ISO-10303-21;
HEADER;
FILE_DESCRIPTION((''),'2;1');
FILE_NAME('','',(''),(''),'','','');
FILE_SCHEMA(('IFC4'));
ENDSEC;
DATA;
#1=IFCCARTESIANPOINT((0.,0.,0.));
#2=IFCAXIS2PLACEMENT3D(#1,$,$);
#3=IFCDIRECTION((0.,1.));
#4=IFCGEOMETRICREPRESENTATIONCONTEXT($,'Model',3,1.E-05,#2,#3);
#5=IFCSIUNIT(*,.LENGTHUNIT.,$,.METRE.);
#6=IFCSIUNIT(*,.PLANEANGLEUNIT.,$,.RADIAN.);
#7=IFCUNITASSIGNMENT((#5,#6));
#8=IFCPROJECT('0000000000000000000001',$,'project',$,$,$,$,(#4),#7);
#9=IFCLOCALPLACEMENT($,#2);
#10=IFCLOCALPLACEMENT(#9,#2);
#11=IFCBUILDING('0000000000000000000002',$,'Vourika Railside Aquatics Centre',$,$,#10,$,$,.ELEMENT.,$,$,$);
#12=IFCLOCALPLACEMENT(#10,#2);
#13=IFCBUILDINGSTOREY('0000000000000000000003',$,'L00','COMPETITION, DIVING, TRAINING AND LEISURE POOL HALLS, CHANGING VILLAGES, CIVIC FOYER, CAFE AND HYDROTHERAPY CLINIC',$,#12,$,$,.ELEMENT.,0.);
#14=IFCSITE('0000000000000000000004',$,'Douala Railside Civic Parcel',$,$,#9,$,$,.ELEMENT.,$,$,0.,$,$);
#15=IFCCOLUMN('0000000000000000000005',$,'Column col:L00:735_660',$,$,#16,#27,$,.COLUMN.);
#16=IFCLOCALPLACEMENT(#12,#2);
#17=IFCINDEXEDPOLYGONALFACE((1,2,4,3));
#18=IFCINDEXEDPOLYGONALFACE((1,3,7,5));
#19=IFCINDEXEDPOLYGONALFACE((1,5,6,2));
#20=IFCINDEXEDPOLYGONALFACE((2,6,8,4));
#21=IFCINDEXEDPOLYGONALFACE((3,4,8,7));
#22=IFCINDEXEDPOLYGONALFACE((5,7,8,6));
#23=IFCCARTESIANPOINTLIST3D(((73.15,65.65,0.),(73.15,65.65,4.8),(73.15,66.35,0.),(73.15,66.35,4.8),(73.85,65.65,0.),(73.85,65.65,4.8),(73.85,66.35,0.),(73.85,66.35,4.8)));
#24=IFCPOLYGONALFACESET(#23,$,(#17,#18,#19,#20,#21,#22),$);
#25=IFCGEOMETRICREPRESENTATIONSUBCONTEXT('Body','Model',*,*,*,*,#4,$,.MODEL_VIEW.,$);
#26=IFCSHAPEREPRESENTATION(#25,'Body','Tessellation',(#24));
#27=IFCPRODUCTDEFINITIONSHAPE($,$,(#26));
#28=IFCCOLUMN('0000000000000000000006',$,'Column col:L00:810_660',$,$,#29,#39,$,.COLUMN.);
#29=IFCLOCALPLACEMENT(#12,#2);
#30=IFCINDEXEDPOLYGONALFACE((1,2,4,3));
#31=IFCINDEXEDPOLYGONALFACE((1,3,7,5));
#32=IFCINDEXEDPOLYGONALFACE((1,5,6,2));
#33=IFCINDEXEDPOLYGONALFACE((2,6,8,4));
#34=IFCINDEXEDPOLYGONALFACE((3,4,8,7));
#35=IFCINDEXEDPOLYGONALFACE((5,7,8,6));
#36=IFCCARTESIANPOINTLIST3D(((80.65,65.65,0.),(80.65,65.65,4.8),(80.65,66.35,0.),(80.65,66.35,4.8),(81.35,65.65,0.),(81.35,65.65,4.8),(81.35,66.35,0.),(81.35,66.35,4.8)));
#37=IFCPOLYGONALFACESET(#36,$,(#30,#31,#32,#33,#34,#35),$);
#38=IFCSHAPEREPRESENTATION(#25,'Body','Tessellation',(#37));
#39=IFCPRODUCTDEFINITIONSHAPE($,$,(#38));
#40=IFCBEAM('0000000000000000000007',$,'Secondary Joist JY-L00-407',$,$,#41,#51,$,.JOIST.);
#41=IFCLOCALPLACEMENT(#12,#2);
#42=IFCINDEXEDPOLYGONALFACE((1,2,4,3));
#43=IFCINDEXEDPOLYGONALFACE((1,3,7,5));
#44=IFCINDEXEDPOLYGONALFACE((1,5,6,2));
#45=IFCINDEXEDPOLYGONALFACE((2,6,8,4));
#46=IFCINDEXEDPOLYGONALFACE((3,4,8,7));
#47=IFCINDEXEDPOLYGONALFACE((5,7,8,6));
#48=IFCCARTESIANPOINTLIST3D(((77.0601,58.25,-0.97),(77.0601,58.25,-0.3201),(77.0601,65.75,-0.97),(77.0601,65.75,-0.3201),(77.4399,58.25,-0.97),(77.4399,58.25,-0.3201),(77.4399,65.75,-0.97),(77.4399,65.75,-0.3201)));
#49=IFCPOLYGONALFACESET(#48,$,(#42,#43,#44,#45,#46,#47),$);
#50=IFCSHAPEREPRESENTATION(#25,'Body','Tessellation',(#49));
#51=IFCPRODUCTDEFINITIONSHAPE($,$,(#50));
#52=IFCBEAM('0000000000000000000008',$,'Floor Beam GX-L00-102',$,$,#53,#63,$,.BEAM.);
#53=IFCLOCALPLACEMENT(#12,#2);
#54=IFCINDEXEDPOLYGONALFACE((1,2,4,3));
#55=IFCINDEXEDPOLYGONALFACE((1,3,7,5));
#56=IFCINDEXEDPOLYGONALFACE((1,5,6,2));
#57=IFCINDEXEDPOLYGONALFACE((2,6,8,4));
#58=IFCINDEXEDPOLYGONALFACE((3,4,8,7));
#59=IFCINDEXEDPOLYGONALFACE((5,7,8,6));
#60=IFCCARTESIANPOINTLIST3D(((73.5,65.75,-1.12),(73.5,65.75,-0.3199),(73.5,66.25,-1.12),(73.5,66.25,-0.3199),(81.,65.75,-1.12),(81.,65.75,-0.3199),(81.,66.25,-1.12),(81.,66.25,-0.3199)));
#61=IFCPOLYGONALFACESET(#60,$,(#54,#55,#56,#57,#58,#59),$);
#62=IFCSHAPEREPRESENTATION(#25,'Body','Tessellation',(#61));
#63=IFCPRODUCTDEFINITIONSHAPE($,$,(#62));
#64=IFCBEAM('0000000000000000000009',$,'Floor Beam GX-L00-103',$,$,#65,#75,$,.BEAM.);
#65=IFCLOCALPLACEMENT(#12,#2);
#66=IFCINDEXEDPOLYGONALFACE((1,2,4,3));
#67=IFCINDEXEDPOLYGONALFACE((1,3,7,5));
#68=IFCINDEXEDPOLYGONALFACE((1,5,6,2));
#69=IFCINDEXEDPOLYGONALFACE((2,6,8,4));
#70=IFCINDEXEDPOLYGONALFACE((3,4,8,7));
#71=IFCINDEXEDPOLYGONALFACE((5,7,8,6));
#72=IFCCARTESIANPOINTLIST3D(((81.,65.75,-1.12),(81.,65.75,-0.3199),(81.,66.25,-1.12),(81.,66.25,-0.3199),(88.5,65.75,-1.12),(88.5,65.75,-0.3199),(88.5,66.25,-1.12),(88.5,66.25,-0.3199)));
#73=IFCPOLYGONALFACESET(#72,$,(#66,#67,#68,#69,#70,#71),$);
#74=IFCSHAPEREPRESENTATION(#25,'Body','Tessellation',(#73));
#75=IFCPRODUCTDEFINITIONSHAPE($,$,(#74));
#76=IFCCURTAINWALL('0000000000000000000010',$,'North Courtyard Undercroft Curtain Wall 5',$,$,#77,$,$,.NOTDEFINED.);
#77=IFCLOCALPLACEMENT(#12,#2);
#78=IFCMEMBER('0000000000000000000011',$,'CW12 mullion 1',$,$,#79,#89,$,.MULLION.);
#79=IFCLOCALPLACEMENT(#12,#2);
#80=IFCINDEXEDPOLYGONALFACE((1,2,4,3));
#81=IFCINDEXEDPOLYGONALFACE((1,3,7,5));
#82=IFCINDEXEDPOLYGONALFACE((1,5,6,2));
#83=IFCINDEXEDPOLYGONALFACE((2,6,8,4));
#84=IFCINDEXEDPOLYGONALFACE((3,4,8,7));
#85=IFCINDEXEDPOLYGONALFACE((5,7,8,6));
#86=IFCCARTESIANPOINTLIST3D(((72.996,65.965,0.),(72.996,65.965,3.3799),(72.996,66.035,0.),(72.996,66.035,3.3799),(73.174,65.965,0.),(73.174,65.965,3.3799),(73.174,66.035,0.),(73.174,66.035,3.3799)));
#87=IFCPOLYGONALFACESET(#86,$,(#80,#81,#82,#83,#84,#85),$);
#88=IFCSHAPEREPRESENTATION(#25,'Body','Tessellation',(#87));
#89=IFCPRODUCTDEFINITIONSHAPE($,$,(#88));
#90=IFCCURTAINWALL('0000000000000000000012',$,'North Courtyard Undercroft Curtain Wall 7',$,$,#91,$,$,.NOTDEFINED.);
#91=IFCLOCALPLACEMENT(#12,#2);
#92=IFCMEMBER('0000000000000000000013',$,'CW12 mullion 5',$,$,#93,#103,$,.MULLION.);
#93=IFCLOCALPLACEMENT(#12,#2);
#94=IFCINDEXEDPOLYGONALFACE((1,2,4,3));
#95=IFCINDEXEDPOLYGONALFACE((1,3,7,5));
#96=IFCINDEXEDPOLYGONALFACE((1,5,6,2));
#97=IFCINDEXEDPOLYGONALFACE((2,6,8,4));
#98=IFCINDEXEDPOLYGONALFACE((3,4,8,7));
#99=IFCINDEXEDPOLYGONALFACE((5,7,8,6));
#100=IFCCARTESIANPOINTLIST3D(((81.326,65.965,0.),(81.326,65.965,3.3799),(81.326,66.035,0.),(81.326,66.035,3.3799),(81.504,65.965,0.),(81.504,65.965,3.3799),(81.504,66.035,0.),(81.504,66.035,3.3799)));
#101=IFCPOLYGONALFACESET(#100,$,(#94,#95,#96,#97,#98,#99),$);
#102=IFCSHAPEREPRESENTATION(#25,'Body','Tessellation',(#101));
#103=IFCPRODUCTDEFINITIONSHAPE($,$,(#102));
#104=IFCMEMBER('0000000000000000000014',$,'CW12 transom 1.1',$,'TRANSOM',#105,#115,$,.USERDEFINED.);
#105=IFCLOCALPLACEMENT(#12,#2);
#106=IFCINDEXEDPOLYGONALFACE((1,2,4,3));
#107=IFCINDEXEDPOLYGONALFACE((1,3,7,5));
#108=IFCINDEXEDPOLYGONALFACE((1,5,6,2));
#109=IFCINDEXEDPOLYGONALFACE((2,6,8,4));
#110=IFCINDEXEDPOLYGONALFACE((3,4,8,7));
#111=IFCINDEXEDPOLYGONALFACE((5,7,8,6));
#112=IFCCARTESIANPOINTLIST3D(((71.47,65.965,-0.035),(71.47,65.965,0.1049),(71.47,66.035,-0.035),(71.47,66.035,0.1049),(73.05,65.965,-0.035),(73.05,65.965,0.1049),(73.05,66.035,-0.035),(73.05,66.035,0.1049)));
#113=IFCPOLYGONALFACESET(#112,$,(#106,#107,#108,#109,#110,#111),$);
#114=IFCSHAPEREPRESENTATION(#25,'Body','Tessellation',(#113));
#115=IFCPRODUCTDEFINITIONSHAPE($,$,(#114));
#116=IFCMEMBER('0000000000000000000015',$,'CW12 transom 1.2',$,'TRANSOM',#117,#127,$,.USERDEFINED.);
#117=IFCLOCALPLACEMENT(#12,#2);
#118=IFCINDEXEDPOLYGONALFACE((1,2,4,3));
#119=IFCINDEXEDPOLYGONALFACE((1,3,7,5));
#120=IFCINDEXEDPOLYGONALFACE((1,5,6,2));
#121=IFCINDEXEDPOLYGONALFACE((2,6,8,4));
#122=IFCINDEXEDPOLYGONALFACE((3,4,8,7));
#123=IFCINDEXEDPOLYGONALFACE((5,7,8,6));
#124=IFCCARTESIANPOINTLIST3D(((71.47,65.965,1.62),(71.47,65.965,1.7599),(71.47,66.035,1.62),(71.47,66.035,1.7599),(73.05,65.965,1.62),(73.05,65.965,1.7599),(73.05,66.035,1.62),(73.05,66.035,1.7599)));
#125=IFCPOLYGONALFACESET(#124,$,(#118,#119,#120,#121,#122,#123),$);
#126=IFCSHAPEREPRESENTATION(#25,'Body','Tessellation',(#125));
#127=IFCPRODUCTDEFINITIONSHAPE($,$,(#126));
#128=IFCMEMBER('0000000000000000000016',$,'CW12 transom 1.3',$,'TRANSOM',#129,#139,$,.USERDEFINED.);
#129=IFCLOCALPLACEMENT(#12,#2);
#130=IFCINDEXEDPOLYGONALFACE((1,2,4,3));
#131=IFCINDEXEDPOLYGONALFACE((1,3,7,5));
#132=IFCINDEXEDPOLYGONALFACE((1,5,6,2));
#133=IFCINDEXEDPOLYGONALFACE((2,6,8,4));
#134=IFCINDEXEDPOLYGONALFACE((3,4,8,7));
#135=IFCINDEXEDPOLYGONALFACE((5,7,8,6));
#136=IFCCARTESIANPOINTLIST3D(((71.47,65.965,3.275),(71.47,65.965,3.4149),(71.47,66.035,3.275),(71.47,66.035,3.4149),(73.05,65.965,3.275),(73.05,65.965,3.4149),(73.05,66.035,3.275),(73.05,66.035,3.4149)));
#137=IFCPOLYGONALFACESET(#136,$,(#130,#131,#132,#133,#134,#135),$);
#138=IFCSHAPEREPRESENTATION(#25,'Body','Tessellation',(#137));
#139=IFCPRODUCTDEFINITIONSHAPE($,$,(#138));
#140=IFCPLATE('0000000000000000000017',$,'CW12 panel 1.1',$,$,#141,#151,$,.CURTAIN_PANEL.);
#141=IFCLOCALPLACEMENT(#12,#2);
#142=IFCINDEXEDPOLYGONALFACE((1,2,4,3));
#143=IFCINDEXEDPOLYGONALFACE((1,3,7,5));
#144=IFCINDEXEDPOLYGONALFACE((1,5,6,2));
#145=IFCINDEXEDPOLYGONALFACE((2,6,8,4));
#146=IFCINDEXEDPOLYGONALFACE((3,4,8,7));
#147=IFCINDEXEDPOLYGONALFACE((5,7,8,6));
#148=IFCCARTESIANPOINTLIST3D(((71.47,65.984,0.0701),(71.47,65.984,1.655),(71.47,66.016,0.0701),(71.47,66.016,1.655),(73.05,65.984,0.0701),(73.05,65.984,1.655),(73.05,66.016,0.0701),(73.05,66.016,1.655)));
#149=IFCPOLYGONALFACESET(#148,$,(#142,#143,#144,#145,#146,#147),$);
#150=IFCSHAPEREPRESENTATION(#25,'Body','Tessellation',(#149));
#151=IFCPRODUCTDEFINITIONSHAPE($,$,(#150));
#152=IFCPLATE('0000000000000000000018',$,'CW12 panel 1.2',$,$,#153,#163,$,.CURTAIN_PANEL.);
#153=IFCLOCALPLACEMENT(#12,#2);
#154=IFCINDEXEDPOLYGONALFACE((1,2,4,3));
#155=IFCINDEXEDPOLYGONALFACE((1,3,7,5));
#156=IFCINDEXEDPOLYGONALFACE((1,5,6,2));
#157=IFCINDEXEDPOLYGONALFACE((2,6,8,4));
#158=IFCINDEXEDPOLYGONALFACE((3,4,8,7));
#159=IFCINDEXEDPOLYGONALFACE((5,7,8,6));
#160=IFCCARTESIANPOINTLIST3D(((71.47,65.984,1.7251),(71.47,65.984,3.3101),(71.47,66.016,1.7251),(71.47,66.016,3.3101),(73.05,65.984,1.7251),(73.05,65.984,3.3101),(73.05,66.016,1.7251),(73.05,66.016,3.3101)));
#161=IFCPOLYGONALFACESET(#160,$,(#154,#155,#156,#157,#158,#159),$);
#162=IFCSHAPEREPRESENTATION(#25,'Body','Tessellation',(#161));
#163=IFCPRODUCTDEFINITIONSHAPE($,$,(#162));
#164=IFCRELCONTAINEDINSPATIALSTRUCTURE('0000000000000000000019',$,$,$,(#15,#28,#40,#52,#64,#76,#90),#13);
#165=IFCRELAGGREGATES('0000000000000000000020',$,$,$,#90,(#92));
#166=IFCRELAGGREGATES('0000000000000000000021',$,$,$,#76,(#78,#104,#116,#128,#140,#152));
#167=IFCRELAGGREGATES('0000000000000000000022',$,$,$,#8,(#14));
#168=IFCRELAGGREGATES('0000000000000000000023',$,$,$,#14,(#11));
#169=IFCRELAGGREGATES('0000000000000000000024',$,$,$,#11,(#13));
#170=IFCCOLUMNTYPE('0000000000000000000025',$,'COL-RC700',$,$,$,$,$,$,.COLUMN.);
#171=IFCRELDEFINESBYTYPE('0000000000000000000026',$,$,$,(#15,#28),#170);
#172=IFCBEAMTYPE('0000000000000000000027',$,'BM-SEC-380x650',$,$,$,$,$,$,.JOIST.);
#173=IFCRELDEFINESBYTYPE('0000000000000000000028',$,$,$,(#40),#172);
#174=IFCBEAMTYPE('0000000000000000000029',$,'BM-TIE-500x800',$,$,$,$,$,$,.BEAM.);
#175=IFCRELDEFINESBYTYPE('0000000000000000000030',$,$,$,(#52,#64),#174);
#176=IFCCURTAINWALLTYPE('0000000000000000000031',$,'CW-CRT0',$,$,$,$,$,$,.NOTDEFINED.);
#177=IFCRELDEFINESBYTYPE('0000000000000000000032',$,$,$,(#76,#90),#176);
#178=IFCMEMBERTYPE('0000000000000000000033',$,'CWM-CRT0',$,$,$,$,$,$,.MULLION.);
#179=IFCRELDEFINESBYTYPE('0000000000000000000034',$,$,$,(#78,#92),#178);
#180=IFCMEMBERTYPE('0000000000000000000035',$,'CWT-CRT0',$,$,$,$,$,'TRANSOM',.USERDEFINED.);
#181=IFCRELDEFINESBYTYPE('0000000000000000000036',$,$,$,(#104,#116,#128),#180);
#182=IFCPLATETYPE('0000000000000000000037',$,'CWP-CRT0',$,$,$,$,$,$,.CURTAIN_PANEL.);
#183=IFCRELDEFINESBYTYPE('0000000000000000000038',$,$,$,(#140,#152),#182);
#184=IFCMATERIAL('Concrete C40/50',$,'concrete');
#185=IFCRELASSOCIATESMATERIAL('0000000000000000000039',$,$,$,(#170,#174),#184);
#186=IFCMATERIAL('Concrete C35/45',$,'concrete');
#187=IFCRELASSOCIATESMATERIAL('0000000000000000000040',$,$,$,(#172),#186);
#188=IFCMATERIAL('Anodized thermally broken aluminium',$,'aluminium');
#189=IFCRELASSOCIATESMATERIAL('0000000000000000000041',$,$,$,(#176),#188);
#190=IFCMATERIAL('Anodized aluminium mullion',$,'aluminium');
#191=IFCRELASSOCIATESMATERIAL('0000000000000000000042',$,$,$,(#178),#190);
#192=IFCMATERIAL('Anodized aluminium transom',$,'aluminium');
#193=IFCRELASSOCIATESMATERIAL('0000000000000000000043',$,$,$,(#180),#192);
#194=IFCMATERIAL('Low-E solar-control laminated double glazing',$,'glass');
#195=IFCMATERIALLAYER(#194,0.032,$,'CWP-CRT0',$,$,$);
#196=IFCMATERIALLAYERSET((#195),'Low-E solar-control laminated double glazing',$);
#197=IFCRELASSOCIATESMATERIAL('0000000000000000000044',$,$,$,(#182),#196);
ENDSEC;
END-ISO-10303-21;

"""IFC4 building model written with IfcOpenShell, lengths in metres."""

from ifc_helpers import new_model, si_unit, direction, frame, origin, origin_2d, place, context, subcontext, project, spatial, rectangle, extrude, material, layer, layer_set, material_profile, profile_set, type_object, element, aggregate, save


model = new_model("IFC4")

# Units and contexts
model_context = context("Model", 3, precision=1e-05, world=origin(), true_north=direction((0.0, 1.0)))
body_context = subcontext(model_context, "Body", "Model", "MODEL_VIEW")
ifc_project = project(units=[si_unit("LENGTHUNIT", "METRE"), si_unit("PLANEANGLEUNIT", "RADIAN")], contexts=[model_context])

# Site, building, storey
site_placement = place(None, origin())
site = spatial("IfcSite", under=ifc_project, at=site_placement, Name="Douala Railside Civic Parcel", CompositionType="ELEMENT", RefElevation=0.0)
building_placement = place(site_placement, origin())
building = spatial("IfcBuilding", under=site, at=building_placement, Name="Vourika Railside Aquatics Centre", CompositionType="ELEMENT")
storey_placement = place(building_placement, origin())
storey = spatial("IfcBuildingStorey", under=building, at=storey_placement, Name="L00", Description="COMPETITION, DIVING, TRAINING AND LEISURE POOL HALLS, CHANGING VILLAGES, CIVIC FOYER, CAFE AND HYDROTHERAPY CLINIC", CompositionType="ELEMENT", Elevation=0.0)

# Columns
ifc_material_1 = material(Name="Concrete C40/50", Category="concrete")
ifc_material_profile_1 = material_profile(ifc_material_1, rectangle(XDim=0.7, YDim=0.7, at=origin_2d()), Name="RC 700x700")
ifc_profile_set_1 = profile_set([ifc_material_profile_1], Name="Concrete C40/50")
column_type = type_object("IfcColumnType", Name="COL-RC700", PredefinedType="COLUMN", material=ifc_profile_set_1)
for number, where, z_axis, x_axis, name in (
    (1, (73.5, 66.0, 0.0), (0.0, 0.0, 1.0), (1.0, 0.0, 0.0), "Column col:L00:735_660"),
    (2, (81.0, 66.0, 0.0), (0.0, 0.0, 1.0), (1.0, 0.0, 0.0), "Column col:L00:810_660"),
):
    element("IfcColumn", number, at=place(storey_placement, frame(where, z_axis=z_axis, x_axis=x_axis)), inside=storey, type_object=column_type, Name=name, PredefinedType="COLUMN", context=body_context, shape_type="SweptSolid", body=[
        extrude(rectangle(XDim=0.7, YDim=0.7, at=origin_2d()), origin(), (0.0, 0.0, 1.0), 4.8),
    ])

# Beams
ifc_material_2 = material(Name="Concrete C35/45", Category="concrete")
ifc_material_profile_2 = material_profile(ifc_material_2, rectangle(XDim=0.3799, YDim=0.6499, at=origin_2d()), Name="RC 380x650")
ifc_profile_set_2 = profile_set([ifc_material_profile_2], Name="Concrete C35/45")
beam_type_1 = type_object("IfcBeamType", Name="BM-SEC-380x650", PredefinedType="JOIST", material=ifc_profile_set_2)
beam_placement = place(storey_placement, frame((77.25, 58.25, -0.645), z_axis=(0.0, 1.0, 0.0), x_axis=(-1.0, 0.0, 0.0)))
element("IfcBeam", 3, at=beam_placement, inside=storey, type_object=beam_type_1, Name="Secondary Joist JY-L00-407", PredefinedType="JOIST", context=body_context, shape_type="SweptSolid", body=[
    extrude(rectangle(XDim=0.3799, YDim=0.6499, at=origin_2d()), origin(), (0.0, 0.0, 1.0), 7.5),
])
ifc_material_profile_3 = material_profile(ifc_material_1, rectangle(XDim=0.5, YDim=0.8, at=origin_2d()), Name="RC 500x800")
ifc_profile_set_3 = profile_set([ifc_material_profile_3], Name="Concrete C40/50")
beam_type_2 = type_object("IfcBeamType", Name="BM-TIE-500x800", PredefinedType="BEAM", material=ifc_profile_set_3)
for number, where, z_axis, x_axis, name in (
    (4, (73.5, 66.0, -0.72), (1.0, 0.0, 0.0), (0.0, 1.0, 0.0), "Floor Beam GX-L00-102"),
    (5, (81.0, 66.0, -0.72), (1.0, 0.0, 0.0), (0.0, 1.0, 0.0), "Floor Beam GX-L00-103"),
):
    element("IfcBeam", number, at=place(storey_placement, frame(where, z_axis=z_axis, x_axis=x_axis)), inside=storey, type_object=beam_type_2, Name=name, PredefinedType="BEAM", context=body_context, shape_type="SweptSolid", body=[
        extrude(rectangle(XDim=0.5, YDim=0.8, at=origin_2d()), origin(), (0.0, 0.0, 1.0), 7.5),
    ])

# Curtain walls, members
ifc_material_3 = material(Name="Anodized thermally broken aluminium", Category="aluminium")
curtain_wall_type = type_object("IfcCurtainWallType", Name="CW-CRT0", PredefinedType="NOTDEFINED", material=ifc_material_3)
curtain_wall_1_placement = place(storey_placement, origin())
curtain_wall_1 = element("IfcCurtainWall", 6, at=curtain_wall_1_placement, inside=storey, type_object=curtain_wall_type, Name="North Courtyard Undercroft Curtain Wall 5", PredefinedType="NOTDEFINED")
ifc_material_4 = material(Name="Anodized aluminium mullion", Category="aluminium")
ifc_material_profile_4 = material_profile(ifc_material_4, rectangle(XDim=0.0701, YDim=0.178, at=origin_2d()), Name="ALU-M 70x178")
ifc_profile_set_4 = profile_set([ifc_material_profile_4], Name="Anodized aluminium mullion")
member_type_1 = type_object("IfcMemberType", Name="CWM-CRT0", PredefinedType="MULLION", material=ifc_profile_set_4)
member_1_placement = place(storey_placement, frame((73.085, 66.0, 0.0), z_axis=(0.0, 0.0, 1.0), x_axis=(0.0, -1.0, 0.0)))
member_1 = element("IfcMember", 7, at=member_1_placement, type_object=member_type_1, Name="CW12 mullion 1", PredefinedType="MULLION", context=body_context, shape_type="SweptSolid", body=[
    extrude(rectangle(XDim=0.0701, YDim=0.178, at=origin_2d()), origin(), (0.0, 0.0, 1.0), 3.3799),
])
curtain_wall_2_placement = place(storey_placement, origin())
curtain_wall_2 = element("IfcCurtainWall", 8, at=curtain_wall_2_placement, inside=storey, type_object=curtain_wall_type, Name="North Courtyard Undercroft Curtain Wall 7", PredefinedType="NOTDEFINED")
member_2_placement = place(storey_placement, frame((81.415, 66.0, 0.0), z_axis=(0.0, 0.0, 1.0), x_axis=(0.0, -1.0, 0.0)))
member_2 = element("IfcMember", 9, at=member_2_placement, type_object=member_type_1, Name="CW12 mullion 5", PredefinedType="MULLION", context=body_context, shape_type="SweptSolid", body=[
    extrude(rectangle(XDim=0.0701, YDim=0.178, at=origin_2d()), origin(), (0.0, 0.0, 1.0), 3.3799),
])
aggregate(curtain_wall_2, [member_2])

# Members
ifc_material_5 = material(Name="Anodized aluminium transom", Category="aluminium")
ifc_material_profile_5 = material_profile(ifc_material_5, rectangle(XDim=0.0701, YDim=0.1399, at=origin_2d()), Name="ALU-T 70x140")
ifc_profile_set_5 = profile_set([ifc_material_profile_5], Name="Anodized aluminium transom")
member_type_2 = type_object("IfcMemberType", Name="CWT-CRT0", ElementType="TRANSOM", PredefinedType="USERDEFINED", material=ifc_profile_set_5)
member_3_placement = place(storey_placement, frame((73.05, 66.0, 0.0349), z_axis=(-1.0, 0.0, 0.0), x_axis=(0.0, -1.0, 0.0)))
member_3 = element("IfcMember", 10, at=member_3_placement, type_object=member_type_2, Name="CW12 transom 1.1", ObjectType="TRANSOM", PredefinedType="USERDEFINED", context=body_context, shape_type="SweptSolid", body=[
    extrude(rectangle(XDim=0.0701, YDim=0.1399, at=origin_2d()), origin(), (0.0, 0.0, 1.0), 1.5801),
])
member_4_placement = place(storey_placement, frame((73.05, 66.0, 1.6899), z_axis=(-1.0, 0.0, 0.0), x_axis=(0.0, -1.0, 0.0)))
member_4 = element("IfcMember", 11, at=member_4_placement, type_object=member_type_2, Name="CW12 transom 1.2", ObjectType="TRANSOM", PredefinedType="USERDEFINED", context=body_context, shape_type="SweptSolid", body=[
    extrude(rectangle(XDim=0.0701, YDim=0.1399, at=origin_2d()), origin(), (0.0, 0.0, 1.0), 1.5801),
])
member_5_placement = place(storey_placement, frame((73.05, 66.0, 3.345), z_axis=(-1.0, 0.0, 0.0), x_axis=(0.0, -1.0, 0.0)))
member_5 = element("IfcMember", 12, at=member_5_placement, type_object=member_type_2, Name="CW12 transom 1.3", ObjectType="TRANSOM", PredefinedType="USERDEFINED", context=body_context, shape_type="SweptSolid", body=[
    extrude(rectangle(XDim=0.0701, YDim=0.1399, at=origin_2d()), origin(), (0.0, 0.0, 1.0), 1.5801),
])

# Plates
ifc_material_6 = material(Name="Low-E solar-control laminated double glazing", Category="glass")
ifc_layer_1 = layer(ifc_material_6, 0.032, Name="CWP-CRT0")
ifc_layer_set_1 = layer_set([ifc_layer_1], Name="Low-E solar-control laminated double glazing")
plate_type = type_object("IfcPlateType", Name="CWP-CRT0", PredefinedType="CURTAIN_PANEL", material=ifc_layer_set_1)
plate_1_placement = place(storey_placement, frame((72.26, 66.0, 0.0701), z_axis=(0.0, 0.0, 1.0), x_axis=(-1.0, 0.0, 0.0)))
plate_1 = element("IfcPlate", 13, at=plate_1_placement, type_object=plate_type, Name="CW12 panel 1.1", PredefinedType="CURTAIN_PANEL", context=body_context, shape_type="SweptSolid", body=[
    extrude(rectangle(XDim=1.5801, YDim=0.032, at=origin_2d()), origin(), (0.0, 0.0, 1.0), 1.585),
])
plate_2_placement = place(storey_placement, frame((72.26, 66.0, 1.7251), z_axis=(0.0, 0.0, 1.0), x_axis=(-1.0, 0.0, 0.0)))
plate_2 = element("IfcPlate", 14, at=plate_2_placement, type_object=plate_type, Name="CW12 panel 1.2", PredefinedType="CURTAIN_PANEL", context=body_context, shape_type="SweptSolid", body=[
    extrude(rectangle(XDim=1.5801, YDim=0.032, at=origin_2d()), origin(), (0.0, 0.0, 1.0), 1.585),
])
aggregate(curtain_wall_1, [member_1, member_3, member_4, member_5, plate_1, plate_2])

save(model, "model.ifc")
